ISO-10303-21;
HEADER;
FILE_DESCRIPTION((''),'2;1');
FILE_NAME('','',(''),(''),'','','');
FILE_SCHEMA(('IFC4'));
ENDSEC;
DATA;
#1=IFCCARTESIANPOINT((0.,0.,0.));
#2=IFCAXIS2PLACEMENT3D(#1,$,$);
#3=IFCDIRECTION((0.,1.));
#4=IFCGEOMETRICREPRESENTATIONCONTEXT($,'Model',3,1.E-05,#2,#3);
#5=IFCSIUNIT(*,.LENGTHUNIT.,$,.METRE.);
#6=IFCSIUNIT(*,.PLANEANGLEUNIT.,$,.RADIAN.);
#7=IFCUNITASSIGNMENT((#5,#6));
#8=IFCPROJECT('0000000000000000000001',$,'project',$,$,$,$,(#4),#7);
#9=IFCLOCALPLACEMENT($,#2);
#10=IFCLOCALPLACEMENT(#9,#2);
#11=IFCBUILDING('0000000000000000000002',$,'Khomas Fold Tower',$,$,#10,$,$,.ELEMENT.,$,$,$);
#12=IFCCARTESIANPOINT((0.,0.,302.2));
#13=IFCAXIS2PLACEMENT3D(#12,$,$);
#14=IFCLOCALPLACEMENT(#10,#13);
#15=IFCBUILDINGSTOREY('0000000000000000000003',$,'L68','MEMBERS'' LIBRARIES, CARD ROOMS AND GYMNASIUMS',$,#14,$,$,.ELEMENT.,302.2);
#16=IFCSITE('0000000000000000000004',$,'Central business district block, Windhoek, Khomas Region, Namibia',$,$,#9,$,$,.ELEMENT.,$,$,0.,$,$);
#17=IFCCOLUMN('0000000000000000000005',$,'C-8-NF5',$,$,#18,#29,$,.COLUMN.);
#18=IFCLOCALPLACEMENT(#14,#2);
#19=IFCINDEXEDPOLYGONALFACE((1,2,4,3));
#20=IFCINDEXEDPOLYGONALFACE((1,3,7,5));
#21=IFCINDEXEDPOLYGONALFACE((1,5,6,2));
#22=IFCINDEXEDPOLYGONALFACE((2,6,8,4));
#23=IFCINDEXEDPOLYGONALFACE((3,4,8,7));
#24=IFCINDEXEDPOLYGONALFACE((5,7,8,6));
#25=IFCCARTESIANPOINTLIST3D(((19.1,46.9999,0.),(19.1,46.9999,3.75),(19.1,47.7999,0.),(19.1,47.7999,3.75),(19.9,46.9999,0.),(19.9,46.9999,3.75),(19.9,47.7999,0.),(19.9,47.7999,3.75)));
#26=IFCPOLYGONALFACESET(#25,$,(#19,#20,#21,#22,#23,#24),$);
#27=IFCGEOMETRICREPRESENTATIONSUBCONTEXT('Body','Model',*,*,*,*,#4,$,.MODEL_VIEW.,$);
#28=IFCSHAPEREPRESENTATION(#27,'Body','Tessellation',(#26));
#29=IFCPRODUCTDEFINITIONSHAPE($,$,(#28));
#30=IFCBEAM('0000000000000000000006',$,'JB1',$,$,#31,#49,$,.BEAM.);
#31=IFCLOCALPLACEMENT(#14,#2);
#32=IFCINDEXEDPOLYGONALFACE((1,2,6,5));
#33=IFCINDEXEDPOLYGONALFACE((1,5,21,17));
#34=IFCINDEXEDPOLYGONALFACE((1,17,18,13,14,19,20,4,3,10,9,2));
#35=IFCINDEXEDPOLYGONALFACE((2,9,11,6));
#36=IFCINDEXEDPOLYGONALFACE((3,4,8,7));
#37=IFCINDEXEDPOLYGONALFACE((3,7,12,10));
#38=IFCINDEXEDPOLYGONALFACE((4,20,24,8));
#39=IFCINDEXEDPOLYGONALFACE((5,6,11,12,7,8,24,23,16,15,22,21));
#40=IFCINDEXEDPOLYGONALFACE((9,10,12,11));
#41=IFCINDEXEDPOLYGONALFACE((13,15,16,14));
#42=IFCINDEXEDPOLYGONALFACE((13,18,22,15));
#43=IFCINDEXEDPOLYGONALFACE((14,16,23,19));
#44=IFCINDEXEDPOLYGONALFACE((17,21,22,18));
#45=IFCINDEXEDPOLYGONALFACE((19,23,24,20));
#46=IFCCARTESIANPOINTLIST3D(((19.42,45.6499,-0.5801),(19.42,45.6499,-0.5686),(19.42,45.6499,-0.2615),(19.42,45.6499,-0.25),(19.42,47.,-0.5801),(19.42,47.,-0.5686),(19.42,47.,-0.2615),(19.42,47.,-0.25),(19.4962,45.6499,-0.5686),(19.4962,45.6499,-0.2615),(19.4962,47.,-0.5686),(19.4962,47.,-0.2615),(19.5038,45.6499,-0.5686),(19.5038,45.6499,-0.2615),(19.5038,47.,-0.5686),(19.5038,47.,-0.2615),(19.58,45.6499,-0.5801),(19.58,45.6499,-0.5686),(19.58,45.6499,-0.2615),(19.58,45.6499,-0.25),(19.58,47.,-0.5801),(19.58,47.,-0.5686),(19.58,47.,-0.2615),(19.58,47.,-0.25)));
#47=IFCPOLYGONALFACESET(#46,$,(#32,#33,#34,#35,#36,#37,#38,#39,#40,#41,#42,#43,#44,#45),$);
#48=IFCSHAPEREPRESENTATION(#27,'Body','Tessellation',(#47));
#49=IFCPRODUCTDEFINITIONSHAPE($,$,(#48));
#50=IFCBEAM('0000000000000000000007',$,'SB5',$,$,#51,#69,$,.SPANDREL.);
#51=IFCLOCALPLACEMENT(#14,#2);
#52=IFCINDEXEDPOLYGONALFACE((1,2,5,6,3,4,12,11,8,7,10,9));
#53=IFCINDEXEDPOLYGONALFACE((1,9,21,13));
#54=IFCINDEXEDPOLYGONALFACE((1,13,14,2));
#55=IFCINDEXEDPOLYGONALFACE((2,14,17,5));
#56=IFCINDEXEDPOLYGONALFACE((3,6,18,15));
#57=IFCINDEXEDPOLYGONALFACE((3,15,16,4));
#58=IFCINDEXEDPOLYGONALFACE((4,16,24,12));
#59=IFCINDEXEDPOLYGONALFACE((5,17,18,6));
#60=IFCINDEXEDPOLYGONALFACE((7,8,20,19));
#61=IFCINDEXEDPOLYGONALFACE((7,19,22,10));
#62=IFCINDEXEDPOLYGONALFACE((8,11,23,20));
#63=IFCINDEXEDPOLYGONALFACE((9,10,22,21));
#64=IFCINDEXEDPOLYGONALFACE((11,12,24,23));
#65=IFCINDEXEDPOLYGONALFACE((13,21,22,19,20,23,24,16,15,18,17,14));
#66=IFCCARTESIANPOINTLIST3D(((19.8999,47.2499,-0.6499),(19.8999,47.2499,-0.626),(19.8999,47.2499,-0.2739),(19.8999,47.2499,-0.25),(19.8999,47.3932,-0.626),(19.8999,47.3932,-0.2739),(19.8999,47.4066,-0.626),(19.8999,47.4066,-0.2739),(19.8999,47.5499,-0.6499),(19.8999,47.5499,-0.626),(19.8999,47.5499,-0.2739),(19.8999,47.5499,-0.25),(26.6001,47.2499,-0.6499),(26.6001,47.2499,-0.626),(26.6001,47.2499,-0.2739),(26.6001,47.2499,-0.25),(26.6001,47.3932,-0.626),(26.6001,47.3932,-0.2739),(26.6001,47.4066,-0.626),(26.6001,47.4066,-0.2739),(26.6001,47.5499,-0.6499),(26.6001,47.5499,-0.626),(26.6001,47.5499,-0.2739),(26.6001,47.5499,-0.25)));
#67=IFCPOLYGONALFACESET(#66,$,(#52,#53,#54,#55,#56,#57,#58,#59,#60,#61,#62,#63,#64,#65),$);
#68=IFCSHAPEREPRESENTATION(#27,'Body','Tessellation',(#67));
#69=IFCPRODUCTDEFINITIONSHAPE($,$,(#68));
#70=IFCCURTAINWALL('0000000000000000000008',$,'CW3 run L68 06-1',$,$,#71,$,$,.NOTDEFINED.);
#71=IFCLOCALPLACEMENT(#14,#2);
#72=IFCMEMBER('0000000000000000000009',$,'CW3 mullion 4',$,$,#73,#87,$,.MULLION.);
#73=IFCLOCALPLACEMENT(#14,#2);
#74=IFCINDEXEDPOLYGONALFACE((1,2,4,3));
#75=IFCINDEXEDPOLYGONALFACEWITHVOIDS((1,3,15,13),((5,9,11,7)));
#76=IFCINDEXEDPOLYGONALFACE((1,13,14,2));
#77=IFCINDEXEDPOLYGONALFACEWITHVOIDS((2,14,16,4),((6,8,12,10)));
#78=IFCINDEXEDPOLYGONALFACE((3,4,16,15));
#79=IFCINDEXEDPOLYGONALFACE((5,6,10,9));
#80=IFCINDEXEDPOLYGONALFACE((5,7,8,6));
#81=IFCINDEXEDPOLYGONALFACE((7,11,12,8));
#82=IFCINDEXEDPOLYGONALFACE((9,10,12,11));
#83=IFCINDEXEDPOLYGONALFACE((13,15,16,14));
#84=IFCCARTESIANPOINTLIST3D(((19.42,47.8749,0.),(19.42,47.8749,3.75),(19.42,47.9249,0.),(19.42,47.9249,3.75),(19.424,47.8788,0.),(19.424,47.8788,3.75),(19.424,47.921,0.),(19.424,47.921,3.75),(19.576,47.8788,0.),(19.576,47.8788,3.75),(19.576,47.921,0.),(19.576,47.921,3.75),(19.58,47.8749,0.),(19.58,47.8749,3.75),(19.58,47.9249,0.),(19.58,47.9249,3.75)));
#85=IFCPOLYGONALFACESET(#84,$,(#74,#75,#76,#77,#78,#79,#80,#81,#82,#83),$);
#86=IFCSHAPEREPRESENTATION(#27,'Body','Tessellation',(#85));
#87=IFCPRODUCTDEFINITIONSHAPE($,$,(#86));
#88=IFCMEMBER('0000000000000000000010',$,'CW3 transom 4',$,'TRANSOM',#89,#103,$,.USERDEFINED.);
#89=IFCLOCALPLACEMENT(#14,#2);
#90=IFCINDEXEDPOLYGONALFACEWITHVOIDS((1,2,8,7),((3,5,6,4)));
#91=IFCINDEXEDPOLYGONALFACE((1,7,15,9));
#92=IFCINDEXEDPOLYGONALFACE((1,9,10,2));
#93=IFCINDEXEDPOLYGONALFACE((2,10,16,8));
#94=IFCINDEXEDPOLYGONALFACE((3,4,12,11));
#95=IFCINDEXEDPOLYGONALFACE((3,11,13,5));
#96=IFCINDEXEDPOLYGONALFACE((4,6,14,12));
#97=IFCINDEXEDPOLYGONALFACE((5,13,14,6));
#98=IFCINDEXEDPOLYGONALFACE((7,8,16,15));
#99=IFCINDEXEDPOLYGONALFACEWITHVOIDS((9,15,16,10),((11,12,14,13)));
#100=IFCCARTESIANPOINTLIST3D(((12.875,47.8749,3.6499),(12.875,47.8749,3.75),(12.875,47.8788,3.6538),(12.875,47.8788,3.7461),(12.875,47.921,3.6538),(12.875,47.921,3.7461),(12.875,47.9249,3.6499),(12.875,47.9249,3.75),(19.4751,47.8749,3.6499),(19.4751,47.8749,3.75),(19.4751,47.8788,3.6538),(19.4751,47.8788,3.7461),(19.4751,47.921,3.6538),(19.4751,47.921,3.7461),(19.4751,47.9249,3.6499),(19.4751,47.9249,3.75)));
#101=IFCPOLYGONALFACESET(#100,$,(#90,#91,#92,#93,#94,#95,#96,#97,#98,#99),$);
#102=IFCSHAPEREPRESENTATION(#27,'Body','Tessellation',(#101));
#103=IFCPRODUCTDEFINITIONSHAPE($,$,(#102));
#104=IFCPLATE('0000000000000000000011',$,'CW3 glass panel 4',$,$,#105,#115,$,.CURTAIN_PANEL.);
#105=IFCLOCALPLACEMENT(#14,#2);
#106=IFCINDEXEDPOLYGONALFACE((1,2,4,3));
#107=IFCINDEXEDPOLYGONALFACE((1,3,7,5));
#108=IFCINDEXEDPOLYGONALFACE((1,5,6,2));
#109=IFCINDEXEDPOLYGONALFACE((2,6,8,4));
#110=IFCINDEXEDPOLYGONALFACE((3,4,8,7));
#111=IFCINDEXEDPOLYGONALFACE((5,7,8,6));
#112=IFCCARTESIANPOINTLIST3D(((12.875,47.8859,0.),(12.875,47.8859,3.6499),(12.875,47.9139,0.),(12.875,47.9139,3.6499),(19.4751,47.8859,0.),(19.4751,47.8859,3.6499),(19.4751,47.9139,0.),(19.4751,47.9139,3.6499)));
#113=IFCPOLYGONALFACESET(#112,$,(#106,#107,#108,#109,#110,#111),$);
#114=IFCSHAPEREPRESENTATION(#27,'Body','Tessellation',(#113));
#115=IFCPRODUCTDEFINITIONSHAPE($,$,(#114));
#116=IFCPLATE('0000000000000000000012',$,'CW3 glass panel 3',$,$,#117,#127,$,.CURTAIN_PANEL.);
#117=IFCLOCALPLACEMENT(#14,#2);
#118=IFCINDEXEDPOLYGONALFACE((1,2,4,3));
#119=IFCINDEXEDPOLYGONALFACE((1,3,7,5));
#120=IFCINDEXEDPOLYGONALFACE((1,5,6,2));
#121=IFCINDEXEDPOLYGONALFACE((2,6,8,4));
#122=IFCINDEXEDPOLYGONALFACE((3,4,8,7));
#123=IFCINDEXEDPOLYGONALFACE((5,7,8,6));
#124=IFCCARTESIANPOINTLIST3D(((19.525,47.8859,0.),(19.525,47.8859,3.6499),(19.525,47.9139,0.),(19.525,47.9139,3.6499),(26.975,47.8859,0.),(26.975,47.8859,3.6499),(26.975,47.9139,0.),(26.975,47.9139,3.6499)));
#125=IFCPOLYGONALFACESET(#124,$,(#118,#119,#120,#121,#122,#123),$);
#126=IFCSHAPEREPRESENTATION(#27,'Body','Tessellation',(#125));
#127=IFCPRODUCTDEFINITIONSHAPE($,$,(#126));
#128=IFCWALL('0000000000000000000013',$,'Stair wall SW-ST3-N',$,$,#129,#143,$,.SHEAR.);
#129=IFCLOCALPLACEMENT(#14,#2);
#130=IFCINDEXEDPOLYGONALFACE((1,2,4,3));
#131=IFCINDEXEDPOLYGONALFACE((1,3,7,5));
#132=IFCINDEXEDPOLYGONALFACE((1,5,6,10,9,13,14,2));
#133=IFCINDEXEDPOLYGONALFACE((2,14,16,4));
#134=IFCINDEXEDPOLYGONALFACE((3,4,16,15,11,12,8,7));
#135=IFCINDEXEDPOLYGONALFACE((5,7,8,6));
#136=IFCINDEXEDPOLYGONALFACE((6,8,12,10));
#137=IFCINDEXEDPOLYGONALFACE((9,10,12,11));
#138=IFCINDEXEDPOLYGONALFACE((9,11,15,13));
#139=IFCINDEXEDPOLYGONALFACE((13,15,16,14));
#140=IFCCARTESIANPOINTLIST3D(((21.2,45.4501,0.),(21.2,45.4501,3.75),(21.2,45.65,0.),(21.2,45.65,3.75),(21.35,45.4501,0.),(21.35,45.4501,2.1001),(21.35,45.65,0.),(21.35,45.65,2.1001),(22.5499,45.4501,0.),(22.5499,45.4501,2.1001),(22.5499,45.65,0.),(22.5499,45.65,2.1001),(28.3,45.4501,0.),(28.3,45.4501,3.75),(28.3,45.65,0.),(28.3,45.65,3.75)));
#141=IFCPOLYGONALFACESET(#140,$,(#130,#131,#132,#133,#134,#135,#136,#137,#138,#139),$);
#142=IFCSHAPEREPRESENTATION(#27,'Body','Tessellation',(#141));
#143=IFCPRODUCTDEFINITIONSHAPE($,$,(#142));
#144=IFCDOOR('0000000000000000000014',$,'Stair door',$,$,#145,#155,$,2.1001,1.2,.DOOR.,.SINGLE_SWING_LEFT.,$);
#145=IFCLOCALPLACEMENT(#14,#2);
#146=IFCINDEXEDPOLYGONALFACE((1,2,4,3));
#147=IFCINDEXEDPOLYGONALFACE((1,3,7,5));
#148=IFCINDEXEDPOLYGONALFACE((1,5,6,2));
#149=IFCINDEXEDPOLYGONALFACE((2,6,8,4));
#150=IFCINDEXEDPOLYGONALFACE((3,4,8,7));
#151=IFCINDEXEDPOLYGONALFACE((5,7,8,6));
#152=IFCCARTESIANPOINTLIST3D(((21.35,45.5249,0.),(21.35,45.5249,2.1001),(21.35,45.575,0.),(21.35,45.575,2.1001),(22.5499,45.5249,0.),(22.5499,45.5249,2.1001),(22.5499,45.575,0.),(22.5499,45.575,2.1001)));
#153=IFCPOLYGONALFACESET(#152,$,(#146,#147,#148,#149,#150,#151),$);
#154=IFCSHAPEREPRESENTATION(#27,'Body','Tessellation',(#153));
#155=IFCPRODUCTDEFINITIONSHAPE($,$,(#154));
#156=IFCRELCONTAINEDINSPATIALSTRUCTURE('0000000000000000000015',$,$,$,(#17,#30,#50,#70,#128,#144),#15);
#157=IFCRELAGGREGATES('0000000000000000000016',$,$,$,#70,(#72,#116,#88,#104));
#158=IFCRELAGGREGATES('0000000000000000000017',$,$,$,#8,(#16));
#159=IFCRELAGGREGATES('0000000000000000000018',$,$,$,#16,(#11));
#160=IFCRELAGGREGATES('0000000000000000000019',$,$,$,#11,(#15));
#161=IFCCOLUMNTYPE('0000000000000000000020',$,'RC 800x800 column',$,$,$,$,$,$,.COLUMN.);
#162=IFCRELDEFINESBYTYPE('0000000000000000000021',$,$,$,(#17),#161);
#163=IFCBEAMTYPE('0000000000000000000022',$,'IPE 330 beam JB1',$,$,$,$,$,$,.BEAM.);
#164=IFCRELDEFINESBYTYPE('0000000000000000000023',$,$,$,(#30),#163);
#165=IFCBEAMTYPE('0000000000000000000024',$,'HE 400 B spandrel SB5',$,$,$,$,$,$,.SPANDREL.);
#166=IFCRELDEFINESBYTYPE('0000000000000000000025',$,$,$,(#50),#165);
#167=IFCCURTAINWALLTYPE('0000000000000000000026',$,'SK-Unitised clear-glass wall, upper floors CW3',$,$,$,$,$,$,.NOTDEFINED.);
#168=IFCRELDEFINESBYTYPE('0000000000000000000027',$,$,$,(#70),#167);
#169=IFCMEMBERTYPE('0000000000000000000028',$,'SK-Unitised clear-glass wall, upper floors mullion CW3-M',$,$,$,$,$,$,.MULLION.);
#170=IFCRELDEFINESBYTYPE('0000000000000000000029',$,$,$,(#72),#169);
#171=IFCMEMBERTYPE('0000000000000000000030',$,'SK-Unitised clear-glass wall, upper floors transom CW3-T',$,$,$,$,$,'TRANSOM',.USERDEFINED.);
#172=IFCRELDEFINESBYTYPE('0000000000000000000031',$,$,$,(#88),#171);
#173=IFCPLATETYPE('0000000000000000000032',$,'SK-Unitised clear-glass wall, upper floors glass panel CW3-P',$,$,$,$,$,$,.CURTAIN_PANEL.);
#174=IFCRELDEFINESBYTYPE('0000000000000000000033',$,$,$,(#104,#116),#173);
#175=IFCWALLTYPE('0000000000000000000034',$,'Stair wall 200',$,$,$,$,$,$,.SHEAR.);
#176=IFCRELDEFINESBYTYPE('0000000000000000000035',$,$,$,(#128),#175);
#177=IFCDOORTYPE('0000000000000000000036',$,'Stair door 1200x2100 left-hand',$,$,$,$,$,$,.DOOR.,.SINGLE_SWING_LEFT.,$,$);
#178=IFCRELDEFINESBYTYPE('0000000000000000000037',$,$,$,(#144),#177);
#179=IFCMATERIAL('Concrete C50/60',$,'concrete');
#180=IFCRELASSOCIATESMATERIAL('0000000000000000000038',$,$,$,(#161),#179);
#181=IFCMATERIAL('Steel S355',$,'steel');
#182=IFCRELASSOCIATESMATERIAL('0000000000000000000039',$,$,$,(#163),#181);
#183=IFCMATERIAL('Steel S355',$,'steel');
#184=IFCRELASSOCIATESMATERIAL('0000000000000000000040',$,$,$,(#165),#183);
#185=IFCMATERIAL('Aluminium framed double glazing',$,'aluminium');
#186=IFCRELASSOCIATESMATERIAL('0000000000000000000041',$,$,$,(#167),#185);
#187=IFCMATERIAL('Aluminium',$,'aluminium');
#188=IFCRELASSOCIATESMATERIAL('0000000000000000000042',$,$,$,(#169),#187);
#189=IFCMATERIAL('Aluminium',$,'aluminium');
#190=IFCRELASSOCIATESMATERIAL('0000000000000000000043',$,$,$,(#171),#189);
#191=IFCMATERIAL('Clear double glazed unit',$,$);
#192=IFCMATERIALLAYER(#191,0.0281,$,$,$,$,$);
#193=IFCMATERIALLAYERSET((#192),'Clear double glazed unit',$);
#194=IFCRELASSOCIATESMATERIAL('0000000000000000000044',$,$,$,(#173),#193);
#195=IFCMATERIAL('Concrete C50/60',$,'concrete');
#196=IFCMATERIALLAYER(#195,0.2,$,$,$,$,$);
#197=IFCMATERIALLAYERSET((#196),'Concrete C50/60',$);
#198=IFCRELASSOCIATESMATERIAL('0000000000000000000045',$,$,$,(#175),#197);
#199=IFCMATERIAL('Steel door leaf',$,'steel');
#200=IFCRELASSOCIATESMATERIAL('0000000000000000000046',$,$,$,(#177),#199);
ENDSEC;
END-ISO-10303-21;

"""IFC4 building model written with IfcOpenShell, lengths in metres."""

from ifc_helpers import new_model, si_unit, direction, frame, frame_2d, origin, origin_2d, place, context, subcontext, project, spatial, rectangle, hollow_rectangle, i_section, extrude, source, transform, mapped, material, layer, layer_set, material_profile, profile_set, type_object, element, fill, aggregate, save


model = new_model("IFC4")

# Units and contexts
model_context = context("Model", 3, precision=1e-05, world=origin(), true_north=direction((0.0, 1.0)))
body_context = subcontext(model_context, "Body", "Model", "MODEL_VIEW")
ifc_project = project(units=[si_unit("LENGTHUNIT", "METRE"), si_unit("PLANEANGLEUNIT", "RADIAN")], contexts=[model_context])

# Site, building, storey
site_placement = place(None, origin())
site = spatial("IfcSite", under=ifc_project, at=site_placement, Name="Central business district block, Windhoek, Khomas Region, Namibia", CompositionType="ELEMENT", RefElevation=0.0)
building_placement = place(site_placement, origin())
building = spatial("IfcBuilding", under=site, at=building_placement, Name="Khomas Fold Tower", CompositionType="ELEMENT")
storey_placement = place(building_placement, frame((0.0, 0.0, 302.2)))
storey = spatial("IfcBuildingStorey", under=building, at=storey_placement, Name="L68", Description="MEMBERS' LIBRARIES, CARD ROOMS AND GYMNASIUMS", CompositionType="ELEMENT", Elevation=302.2)

# Column
ifc_material_1 = material(Name="Concrete C50/60", Category="concrete")
ifc_material_profile_1 = material_profile(ifc_material_1, rectangle(XDim=0.8, YDim=0.8, at=origin_2d()), Name="RC 800x800")
ifc_profile_set_1 = profile_set([ifc_material_profile_1], Name="Concrete C50/60")
column_type = type_object("IfcColumnType", Name="RC 800x800 column", PredefinedType="COLUMN", material=ifc_profile_set_1)
shared_shape_1 = source(origin(), body_context, "Body", "SweptSolid", [
    extrude(rectangle(XDim=0.8, YDim=0.8, at=origin_2d()), origin(), (0.0, 0.0, 1.0), 3.75),
])
column_placement = place(storey_placement, frame((19.5, 47.3999, 0.0), z_axis=(0.0, 0.0, 1.0), x_axis=(1.0, 0.0, 0.0)))
element("IfcColumn", 1, at=column_placement, inside=storey, type_object=column_type, Name="C-8-NF5", PredefinedType="COLUMN", context=body_context, shape_type="MappedRepresentation", body=[
    mapped(shared_shape_1, transform((0.0, 0.0, 0.0))),
])

# Beams
ifc_material_2 = material(Name="Steel S355", Category="steel")
ifc_material_profile_2 = material_profile(ifc_material_2, i_section(OverallWidth=0.1599, OverallDepth=0.3301, WebThickness=0.0076, FlangeThickness=0.0115, at=origin_2d()), Name="IPE 330")
ifc_profile_set_2 = profile_set([ifc_material_profile_2], Name="Steel S355")
beam_type_1 = type_object("IfcBeamType", Name="IPE 330 beam JB1", PredefinedType="BEAM", material=ifc_profile_set_2)
shared_shape_2 = source(origin(), body_context, "Body", "SweptSolid", [
    extrude(i_section(OverallWidth=0.1599, OverallDepth=0.3301, WebThickness=0.0076, FlangeThickness=0.0115, at=origin_2d()), origin(), (0.0, 0.0, 1.0), 1.3501),
])
beam_1_placement = place(storey_placement, frame((19.5, 45.6499, -0.415), z_axis=(0.0, 1.0, 0.0), x_axis=(-1.0, 0.0, 0.0)))
element("IfcBeam", 2, at=beam_1_placement, inside=storey, type_object=beam_type_1, Name="JB1", PredefinedType="BEAM", context=body_context, shape_type="MappedRepresentation", body=[
    mapped(shared_shape_2, transform((0.0, 0.0, 0.0))),
])
ifc_material_3 = material(Name="Steel S355", Category="steel")
ifc_material_profile_3 = material_profile(ifc_material_3, i_section(OverallWidth=0.3, OverallDepth=0.3999, WebThickness=0.0134, FlangeThickness=0.0239, at=origin_2d()), Name="HE 400 B")
ifc_profile_set_3 = profile_set([ifc_material_profile_3], Name="Steel S355")
beam_type_2 = type_object("IfcBeamType", Name="HE 400 B spandrel SB5", PredefinedType="SPANDREL", material=ifc_profile_set_3)
shared_shape_3 = source(origin(), body_context, "Body", "SweptSolid", [
    extrude(i_section(OverallWidth=0.3, OverallDepth=0.3999, WebThickness=0.0134, FlangeThickness=0.0239, at=origin_2d()), origin(), (0.0, 0.0, 1.0), 6.7002),
])
beam_2_placement = place(storey_placement, frame((19.8999, 47.3999, -0.45), z_axis=(1.0, 0.0, 0.0), x_axis=(0.0, 1.0, 0.0)))
element("IfcBeam", 3, at=beam_2_placement, inside=storey, type_object=beam_type_2, Name="SB5", PredefinedType="SPANDREL", context=body_context, shape_type="MappedRepresentation", body=[
    mapped(shared_shape_3, transform((0.0, 0.0, 0.0))),
])

# Curtain wall, members, plates
ifc_material_4 = material(Name="Aluminium framed double glazing", Category="aluminium")
curtain_wall_type = type_object("IfcCurtainWallType", Name="SK-Unitised clear-glass wall, upper floors CW3", PredefinedType="NOTDEFINED", material=ifc_material_4)
curtain_wall_placement = place(storey_placement, origin())
curtain_wall = element("IfcCurtainWall", 4, at=curtain_wall_placement, inside=storey, type_object=curtain_wall_type, Name="CW3 run L68 06-1", PredefinedType="NOTDEFINED")
ifc_material_5 = material(Name="Aluminium", Category="aluminium")
ifc_material_profile_4 = material_profile(ifc_material_5, hollow_rectangle(XDim=0.05, YDim=0.1599, WallThickness=0.0039, at=origin_2d()), Name="SK-Unitised clear-glass wall, upper floors mullion CW3-M")
ifc_profile_set_4 = profile_set([ifc_material_profile_4], Name="Aluminium")
member_type_1 = type_object("IfcMemberType", Name="SK-Unitised clear-glass wall, upper floors mullion CW3-M", PredefinedType="MULLION", material=ifc_profile_set_4)
shared_shape_4 = source(origin(), body_context, "Body", "SweptSolid", [
    extrude(hollow_rectangle(XDim=0.05, YDim=0.1599, WallThickness=0.0039, at=origin_2d()), origin(), (0.0, 0.0, 1.0), 3.75),
])
member_1_placement = place(storey_placement, frame((19.5, 47.8999, 0.0), z_axis=(0.0, 0.0, 1.0), x_axis=(0.0, -1.0, 0.0)))
member_1 = element("IfcMember", 5, at=member_1_placement, type_object=member_type_1, Name="CW3 mullion 4", PredefinedType="MULLION", context=body_context, shape_type="MappedRepresentation", body=[
    mapped(shared_shape_4, transform((0.0, 0.0, 0.0))),
])
ifc_material_6 = material(Name="Aluminium", Category="aluminium")
ifc_material_profile_5 = material_profile(ifc_material_6, hollow_rectangle(XDim=0.05, YDim=0.1001, WallThickness=0.0039, at=origin_2d()), Name="SK-Unitised clear-glass wall, upper floors transom CW3-T")
ifc_profile_set_5 = profile_set([ifc_material_profile_5], Name="Aluminium")
member_type_2 = type_object("IfcMemberType", Name="SK-Unitised clear-glass wall, upper floors transom CW3-T", ElementType="TRANSOM", PredefinedType="USERDEFINED", material=ifc_profile_set_5)
shared_shape_5 = source(origin(), body_context, "Body", "SweptSolid", [
    extrude(hollow_rectangle(XDim=0.05, YDim=0.1001, WallThickness=0.0039, at=origin_2d()), origin(), (0.0, 0.0, 1.0), 6.6001),
])
member_2_placement = place(storey_placement, frame((19.4751, 47.8999, 3.7), z_axis=(-1.0, 0.0, 0.0), x_axis=(0.0, -1.0, 0.0)))
member_2 = element("IfcMember", 6, at=member_2_placement, type_object=member_type_2, Name="CW3 transom 4", ObjectType="TRANSOM", PredefinedType="USERDEFINED", context=body_context, shape_type="MappedRepresentation", body=[
    mapped(shared_shape_5, transform((0.0, 0.0, 0.0))),
])
ifc_material_7 = material(Name="Clear double glazed unit")
ifc_layer_1 = layer(ifc_material_7, 0.0281)
ifc_layer_set_1 = layer_set([ifc_layer_1], Name="Clear double glazed unit")
plate_type = type_object("IfcPlateType", Name="SK-Unitised clear-glass wall, upper floors glass panel CW3-P", PredefinedType="CURTAIN_PANEL", material=ifc_layer_set_1)
shared_shape_6 = source(origin(), body_context, "Body", "SweptSolid", [
    extrude(rectangle(XDim=6.6001, YDim=0.0281, at=origin_2d()), origin(), (0.0, 0.0, 1.0), 3.6499),
])
plate_1_placement = place(storey_placement, frame((16.175, 47.8999, 0.0), z_axis=(0.0, 0.0, 1.0), x_axis=(-1.0, 0.0, 0.0)))
plate_1 = element("IfcPlate", 7, at=plate_1_placement, type_object=plate_type, Name="CW3 glass panel 4", PredefinedType="CURTAIN_PANEL", context=body_context, shape_type="MappedRepresentation", body=[
    mapped(shared_shape_6, transform((0.0, 0.0, 0.0))),
])
shared_shape_7 = source(origin(), body_context, "Body", "SweptSolid", [
    extrude(rectangle(XDim=7.45, YDim=0.0281, at=origin_2d()), origin(), (0.0, 0.0, 1.0), 3.6499),
])
plate_2_placement = place(storey_placement, frame((23.25, 47.8999, 0.0), z_axis=(0.0, 0.0, 1.0), x_axis=(-1.0, 0.0, 0.0)))
plate_2 = element("IfcPlate", 8, at=plate_2_placement, type_object=plate_type, Name="CW3 glass panel 3", PredefinedType="CURTAIN_PANEL", context=body_context, shape_type="MappedRepresentation", body=[
    mapped(shared_shape_7, transform((0.0, 0.0, 0.0))),
])
aggregate(curtain_wall, [member_1, plate_2, member_2, plate_1])

# Wall, opening, door
ifc_material_8 = material(Name="Concrete C50/60", Category="concrete")
ifc_layer_2 = layer(ifc_material_8, 0.2)
ifc_layer_set_2 = layer_set([ifc_layer_2], Name="Concrete C50/60")
wall_type_1 = type_object("IfcWallType", Name="Stair wall 200", PredefinedType="SHEAR", material=ifc_layer_set_2)
shared_shape_8 = source(origin(), body_context, "Body", "SweptSolid", [
    extrude(rectangle(XDim=7.1001, YDim=0.2, at=frame_2d((3.55, 0.0))), origin(), (0.0, 0.0, 1.0), 3.75),
])
wall_1_placement = place(storey_placement, frame((21.2, 45.55, 0.0), z_axis=(0.0, 0.0, 1.0), x_axis=(1.0, 0.0, 0.0)))
wall_1 = element("IfcWall", 9, at=wall_1_placement, inside=storey, type_object=wall_type_1, Name="Stair wall SW-ST3-N", PredefinedType="SHEAR", context=body_context, shape_type="MappedRepresentation", body=[
    mapped(shared_shape_8, transform((0.0, 0.0, 0.0))),
])
shared_shape_9 = source(origin(), body_context, "Body", "SweptSolid", [
    extrude(rectangle(XDim=1.2, YDim=2.1001, at=frame_2d((0.6001, 1.05))), frame((0.0, 0.1099, 0.0), z_axis=(0.0, -1.0, 0.0), x_axis=(1.0, 0.0, 0.0)), (0.0, 0.0, 1.0), 0.22),
])
opening_placement = place(wall_1_placement, frame((0.1499, 0.0, 0.0)))
opening = element("IfcOpeningElement", 10, at=opening_placement, cuts=wall_1, PredefinedType="OPENING", context=body_context, shape_type="MappedRepresentation", body=[
    mapped(shared_shape_9, transform((0.0, 0.0, 0.0))),
])
ifc_material_9 = material(Name="Steel door leaf", Category="steel")
door_type = type_object("IfcDoorType", Name="Stair door 1200x2100 left-hand", OperationType="SINGLE_SWING_LEFT", PredefinedType="DOOR", material=ifc_material_9)
shared_shape_10 = source(origin(), body_context, "Body", "SweptSolid", [
    extrude(rectangle(XDim=1.2, YDim=2.1001, at=frame_2d((0.6001, 1.05))), frame((0.0, 0.0249, 0.0), z_axis=(0.0, -1.0, 0.0), x_axis=(1.0, 0.0, 0.0)), (0.0, 0.0, 1.0), 0.05),
])
door_placement = place(opening_placement, origin())
door = element("IfcDoor", 11, at=door_placement, inside=storey, type_object=door_type, Name="Stair door", OperationType="SINGLE_SWING_LEFT", OverallHeight=2.1001, OverallWidth=1.2, PredefinedType="DOOR", context=body_context, shape_type="MappedRepresentation", body=[
    mapped(shared_shape_10, transform((0.0, 0.0, 0.0))),
])
fill(opening, door)

save(model, "model.ifc")
